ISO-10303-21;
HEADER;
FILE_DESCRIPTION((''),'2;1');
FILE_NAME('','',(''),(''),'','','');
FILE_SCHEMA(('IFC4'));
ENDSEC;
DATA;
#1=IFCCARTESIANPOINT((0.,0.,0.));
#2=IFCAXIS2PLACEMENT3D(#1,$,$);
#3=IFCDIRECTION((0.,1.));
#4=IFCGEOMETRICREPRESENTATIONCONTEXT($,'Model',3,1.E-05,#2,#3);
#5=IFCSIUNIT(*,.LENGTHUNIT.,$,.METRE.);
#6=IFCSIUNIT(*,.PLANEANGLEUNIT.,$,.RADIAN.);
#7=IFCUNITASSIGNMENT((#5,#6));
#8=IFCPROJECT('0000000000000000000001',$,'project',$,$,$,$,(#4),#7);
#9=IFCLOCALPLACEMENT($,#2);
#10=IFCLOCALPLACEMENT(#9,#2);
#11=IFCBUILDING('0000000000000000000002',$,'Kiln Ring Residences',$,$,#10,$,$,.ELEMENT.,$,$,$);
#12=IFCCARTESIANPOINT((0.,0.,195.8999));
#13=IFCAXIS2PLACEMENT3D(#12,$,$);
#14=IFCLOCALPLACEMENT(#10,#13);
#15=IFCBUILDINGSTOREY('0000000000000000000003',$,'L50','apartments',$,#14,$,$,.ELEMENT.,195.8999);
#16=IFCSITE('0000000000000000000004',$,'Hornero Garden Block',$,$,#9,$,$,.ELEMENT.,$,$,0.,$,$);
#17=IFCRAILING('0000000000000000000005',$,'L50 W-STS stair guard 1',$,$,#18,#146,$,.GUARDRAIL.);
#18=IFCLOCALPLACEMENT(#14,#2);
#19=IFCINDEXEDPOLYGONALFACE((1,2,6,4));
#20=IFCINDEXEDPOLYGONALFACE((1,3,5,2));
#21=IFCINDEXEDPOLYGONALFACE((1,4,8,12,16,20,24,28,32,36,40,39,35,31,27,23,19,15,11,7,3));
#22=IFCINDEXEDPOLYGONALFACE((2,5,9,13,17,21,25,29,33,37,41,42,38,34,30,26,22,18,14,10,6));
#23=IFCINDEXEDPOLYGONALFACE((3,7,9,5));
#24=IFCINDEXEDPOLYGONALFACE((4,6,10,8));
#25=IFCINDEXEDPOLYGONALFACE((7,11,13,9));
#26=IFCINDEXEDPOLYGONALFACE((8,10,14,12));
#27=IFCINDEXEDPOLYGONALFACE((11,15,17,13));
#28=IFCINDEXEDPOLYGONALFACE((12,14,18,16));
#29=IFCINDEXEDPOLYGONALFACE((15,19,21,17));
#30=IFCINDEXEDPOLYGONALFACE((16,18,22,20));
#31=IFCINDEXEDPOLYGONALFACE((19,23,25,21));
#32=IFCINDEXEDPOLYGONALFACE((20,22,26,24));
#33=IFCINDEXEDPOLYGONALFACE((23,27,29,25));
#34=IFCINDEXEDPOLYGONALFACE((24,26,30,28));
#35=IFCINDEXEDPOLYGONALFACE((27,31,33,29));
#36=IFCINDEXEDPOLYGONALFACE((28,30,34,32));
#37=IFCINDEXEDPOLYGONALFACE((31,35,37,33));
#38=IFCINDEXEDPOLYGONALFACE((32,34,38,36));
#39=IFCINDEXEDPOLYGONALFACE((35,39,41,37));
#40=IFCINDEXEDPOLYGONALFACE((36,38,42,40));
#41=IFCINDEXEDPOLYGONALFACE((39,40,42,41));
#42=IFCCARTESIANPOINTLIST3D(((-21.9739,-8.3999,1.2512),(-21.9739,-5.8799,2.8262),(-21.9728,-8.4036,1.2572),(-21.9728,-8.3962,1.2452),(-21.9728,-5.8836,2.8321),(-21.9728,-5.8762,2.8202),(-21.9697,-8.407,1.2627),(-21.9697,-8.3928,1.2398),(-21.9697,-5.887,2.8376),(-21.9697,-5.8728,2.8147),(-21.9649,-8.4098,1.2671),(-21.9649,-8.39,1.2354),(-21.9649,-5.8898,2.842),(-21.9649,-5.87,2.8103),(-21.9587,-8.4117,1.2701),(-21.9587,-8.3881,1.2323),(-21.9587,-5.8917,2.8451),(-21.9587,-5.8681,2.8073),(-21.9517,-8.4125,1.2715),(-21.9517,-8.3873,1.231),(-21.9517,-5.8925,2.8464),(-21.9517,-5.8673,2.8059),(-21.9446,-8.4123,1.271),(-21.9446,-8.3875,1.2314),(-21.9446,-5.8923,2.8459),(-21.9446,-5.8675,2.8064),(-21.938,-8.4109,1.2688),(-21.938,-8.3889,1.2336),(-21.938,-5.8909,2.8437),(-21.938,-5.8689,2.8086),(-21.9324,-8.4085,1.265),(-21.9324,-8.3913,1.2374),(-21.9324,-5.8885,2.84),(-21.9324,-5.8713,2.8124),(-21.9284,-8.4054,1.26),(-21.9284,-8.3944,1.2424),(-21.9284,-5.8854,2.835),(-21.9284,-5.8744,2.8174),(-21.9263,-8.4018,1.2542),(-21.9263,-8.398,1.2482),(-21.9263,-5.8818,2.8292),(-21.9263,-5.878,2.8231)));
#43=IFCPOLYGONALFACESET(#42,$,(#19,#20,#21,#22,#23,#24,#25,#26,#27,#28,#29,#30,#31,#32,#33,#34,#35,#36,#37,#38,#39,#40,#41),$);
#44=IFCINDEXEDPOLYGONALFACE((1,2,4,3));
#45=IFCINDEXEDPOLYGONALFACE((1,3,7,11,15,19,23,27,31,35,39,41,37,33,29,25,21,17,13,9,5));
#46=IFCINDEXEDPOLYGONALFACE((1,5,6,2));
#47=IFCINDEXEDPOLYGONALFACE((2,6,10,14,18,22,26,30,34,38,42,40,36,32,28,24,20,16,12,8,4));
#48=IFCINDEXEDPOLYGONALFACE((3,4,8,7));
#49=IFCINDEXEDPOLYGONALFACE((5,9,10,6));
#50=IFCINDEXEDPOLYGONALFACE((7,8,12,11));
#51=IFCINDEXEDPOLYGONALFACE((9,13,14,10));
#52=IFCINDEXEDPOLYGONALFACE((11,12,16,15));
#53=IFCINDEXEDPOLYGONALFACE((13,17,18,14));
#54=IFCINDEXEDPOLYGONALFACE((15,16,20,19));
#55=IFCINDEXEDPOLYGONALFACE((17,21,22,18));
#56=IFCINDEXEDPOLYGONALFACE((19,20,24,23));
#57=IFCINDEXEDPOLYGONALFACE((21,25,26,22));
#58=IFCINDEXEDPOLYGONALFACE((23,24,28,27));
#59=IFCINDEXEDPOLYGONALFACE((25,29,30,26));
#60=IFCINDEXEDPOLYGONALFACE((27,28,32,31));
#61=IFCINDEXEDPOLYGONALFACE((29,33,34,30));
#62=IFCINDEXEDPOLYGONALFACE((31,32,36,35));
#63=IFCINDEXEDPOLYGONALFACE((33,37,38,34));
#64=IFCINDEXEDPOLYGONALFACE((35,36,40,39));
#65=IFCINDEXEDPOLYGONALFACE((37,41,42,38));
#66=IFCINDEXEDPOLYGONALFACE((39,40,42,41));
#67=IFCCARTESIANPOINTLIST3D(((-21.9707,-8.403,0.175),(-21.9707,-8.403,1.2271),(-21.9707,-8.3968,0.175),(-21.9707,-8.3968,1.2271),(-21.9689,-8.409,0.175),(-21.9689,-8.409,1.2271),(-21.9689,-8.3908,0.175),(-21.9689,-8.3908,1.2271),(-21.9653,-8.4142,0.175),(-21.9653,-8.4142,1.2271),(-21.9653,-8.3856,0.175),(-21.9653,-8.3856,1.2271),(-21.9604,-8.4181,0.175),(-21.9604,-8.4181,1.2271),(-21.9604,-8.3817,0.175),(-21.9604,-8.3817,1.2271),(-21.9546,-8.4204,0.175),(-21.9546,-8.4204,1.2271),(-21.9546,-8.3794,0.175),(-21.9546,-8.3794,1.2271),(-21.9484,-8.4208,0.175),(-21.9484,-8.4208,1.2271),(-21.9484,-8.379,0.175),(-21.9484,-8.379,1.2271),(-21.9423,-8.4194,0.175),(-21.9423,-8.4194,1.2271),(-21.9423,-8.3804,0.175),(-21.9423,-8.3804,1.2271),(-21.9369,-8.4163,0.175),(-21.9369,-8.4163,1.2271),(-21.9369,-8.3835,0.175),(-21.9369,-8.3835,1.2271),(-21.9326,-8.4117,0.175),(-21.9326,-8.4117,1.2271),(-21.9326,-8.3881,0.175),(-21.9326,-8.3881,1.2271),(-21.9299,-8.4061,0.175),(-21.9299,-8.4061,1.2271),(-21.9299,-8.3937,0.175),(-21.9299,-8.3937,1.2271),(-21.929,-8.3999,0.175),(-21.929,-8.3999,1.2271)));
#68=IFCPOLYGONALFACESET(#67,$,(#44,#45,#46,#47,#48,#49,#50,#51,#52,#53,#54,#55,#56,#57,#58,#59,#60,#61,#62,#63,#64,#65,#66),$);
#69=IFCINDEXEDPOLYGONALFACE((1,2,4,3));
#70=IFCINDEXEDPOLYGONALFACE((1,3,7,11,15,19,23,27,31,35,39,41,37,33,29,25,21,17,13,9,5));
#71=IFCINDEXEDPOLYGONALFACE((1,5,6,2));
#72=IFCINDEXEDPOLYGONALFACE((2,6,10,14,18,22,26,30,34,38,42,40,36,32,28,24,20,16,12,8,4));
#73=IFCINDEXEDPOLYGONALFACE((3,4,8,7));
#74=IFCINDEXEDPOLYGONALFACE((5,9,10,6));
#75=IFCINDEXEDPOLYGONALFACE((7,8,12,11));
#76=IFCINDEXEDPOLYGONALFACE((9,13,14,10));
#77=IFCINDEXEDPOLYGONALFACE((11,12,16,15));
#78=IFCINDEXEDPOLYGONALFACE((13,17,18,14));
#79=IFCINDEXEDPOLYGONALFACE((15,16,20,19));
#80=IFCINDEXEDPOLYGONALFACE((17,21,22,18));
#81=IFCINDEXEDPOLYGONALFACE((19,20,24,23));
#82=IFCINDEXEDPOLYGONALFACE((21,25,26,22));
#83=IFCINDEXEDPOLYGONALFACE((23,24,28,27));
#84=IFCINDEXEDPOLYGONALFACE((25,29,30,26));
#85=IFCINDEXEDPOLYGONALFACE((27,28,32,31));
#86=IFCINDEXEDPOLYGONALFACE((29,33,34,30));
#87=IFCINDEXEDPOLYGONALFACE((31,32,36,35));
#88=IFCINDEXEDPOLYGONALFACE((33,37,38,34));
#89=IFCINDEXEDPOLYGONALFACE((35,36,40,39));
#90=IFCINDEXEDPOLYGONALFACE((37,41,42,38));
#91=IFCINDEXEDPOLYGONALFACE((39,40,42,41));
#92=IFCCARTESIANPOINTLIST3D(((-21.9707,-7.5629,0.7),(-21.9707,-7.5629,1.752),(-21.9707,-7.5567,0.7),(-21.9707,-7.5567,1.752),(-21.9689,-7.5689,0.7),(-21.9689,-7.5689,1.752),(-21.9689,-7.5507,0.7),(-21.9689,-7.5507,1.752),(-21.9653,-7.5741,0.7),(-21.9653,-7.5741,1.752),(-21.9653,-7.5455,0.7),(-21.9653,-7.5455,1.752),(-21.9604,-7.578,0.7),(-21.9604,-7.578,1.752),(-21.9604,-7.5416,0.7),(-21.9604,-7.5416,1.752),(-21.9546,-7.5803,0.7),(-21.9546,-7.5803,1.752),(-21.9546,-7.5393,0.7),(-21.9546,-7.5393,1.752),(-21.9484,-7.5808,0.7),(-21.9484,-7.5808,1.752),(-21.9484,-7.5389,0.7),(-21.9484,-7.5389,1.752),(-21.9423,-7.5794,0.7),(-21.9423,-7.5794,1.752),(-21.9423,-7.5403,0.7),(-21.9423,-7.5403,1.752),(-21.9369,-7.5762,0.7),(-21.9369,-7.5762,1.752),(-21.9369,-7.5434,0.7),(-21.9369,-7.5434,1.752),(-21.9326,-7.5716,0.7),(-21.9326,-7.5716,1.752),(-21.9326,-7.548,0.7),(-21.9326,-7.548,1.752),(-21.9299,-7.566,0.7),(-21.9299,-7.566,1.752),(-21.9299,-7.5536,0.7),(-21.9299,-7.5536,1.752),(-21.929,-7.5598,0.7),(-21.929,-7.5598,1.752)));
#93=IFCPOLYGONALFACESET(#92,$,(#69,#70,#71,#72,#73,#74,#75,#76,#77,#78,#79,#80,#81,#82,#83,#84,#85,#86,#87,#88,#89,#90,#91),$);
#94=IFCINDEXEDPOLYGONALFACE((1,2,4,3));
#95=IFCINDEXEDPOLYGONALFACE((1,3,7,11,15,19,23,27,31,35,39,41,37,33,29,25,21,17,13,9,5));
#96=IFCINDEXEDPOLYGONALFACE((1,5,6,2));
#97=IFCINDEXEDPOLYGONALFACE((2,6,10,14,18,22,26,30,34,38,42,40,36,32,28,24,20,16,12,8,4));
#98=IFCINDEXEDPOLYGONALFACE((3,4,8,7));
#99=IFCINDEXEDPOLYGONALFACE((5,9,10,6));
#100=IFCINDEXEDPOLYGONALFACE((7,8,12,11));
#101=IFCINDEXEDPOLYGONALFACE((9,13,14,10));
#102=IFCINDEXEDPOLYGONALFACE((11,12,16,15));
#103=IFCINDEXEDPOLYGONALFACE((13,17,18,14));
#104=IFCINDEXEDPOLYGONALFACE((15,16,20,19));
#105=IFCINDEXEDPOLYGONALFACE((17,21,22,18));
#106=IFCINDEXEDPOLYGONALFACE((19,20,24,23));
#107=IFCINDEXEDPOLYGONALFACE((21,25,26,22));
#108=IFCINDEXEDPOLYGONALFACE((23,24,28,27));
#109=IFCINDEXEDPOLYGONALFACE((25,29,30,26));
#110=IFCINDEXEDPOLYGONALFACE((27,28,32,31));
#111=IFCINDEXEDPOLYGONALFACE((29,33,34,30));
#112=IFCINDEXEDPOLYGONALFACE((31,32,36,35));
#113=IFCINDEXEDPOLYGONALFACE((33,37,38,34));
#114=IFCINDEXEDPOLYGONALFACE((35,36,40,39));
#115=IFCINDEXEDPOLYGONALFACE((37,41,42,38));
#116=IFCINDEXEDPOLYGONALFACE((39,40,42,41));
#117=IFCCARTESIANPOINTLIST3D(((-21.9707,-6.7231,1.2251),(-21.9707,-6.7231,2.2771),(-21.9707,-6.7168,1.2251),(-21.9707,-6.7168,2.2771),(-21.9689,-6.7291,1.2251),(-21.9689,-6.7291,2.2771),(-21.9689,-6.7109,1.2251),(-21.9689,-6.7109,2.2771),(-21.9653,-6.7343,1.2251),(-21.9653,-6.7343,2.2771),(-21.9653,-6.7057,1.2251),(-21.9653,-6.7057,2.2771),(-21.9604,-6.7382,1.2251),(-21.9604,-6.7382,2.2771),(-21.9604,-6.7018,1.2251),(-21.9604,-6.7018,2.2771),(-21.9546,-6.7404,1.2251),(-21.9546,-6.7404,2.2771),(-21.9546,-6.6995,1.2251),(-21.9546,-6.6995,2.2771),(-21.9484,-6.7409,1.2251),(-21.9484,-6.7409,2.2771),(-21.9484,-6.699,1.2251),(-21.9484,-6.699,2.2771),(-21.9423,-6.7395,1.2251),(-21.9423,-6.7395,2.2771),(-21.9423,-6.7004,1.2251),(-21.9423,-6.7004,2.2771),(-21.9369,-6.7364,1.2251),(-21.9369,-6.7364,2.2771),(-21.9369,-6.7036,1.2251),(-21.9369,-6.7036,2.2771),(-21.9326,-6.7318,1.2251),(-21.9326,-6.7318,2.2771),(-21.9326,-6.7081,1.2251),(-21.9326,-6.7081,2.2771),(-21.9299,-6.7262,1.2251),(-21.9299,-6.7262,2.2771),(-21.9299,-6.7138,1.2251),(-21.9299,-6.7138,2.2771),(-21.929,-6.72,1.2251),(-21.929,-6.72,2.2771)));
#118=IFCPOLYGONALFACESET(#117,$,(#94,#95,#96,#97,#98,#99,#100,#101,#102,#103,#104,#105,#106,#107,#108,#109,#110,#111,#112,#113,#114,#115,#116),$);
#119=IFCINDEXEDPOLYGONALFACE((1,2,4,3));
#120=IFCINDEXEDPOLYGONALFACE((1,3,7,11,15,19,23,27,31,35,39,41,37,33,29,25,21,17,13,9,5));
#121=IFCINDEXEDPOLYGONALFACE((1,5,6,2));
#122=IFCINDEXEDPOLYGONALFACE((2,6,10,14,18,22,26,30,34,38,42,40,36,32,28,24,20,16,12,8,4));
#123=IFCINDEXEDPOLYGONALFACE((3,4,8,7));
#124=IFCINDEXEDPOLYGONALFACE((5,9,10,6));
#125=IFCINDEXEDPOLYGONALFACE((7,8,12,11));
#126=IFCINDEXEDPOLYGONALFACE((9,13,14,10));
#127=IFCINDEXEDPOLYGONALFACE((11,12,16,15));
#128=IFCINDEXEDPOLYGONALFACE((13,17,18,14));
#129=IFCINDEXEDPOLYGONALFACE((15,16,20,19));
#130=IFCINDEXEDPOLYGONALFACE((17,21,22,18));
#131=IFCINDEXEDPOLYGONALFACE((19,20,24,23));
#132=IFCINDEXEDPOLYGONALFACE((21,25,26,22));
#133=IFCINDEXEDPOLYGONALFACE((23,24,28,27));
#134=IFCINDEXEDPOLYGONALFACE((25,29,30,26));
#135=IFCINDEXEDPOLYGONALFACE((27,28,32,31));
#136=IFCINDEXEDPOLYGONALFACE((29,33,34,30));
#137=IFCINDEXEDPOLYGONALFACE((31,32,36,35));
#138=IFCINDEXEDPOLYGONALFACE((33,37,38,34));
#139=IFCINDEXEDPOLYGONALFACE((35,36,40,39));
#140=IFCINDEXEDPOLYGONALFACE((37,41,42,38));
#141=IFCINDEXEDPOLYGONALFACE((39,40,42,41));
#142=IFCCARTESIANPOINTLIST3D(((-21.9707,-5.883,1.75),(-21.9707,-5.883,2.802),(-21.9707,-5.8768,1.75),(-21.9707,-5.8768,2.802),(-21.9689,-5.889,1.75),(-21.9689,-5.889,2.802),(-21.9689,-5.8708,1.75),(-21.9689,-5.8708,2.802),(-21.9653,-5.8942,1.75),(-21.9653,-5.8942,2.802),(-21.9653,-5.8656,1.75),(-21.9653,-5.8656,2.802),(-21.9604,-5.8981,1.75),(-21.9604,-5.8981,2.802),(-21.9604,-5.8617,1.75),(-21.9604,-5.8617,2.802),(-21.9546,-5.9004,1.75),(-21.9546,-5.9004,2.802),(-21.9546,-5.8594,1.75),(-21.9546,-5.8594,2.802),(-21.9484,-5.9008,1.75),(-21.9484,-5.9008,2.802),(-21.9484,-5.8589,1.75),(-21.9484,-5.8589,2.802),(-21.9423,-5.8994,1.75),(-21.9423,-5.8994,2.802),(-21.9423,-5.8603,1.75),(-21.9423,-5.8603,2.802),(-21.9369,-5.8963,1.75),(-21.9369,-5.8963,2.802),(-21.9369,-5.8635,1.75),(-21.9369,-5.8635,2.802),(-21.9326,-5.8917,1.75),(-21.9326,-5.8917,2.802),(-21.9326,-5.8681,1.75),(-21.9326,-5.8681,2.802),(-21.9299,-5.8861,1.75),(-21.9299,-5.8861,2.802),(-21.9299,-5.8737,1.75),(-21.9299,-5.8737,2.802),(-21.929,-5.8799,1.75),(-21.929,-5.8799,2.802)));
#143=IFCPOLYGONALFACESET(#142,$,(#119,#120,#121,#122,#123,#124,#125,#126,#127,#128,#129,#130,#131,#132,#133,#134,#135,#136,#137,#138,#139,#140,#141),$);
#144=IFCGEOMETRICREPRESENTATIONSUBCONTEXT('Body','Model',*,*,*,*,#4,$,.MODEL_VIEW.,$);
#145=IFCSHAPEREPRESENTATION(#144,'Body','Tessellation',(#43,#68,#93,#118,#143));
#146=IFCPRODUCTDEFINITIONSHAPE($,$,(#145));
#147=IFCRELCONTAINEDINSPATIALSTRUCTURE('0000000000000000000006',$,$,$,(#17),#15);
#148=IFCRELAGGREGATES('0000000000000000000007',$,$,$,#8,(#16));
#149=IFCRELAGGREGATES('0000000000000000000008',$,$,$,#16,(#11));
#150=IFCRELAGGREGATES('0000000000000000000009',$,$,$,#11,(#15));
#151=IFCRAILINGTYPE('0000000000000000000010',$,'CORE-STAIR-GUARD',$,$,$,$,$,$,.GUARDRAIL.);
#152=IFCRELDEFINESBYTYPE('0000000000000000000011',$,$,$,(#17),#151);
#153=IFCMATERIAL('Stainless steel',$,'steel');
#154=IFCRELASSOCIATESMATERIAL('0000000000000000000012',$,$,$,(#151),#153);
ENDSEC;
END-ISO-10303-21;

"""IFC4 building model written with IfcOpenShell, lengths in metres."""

from ifc_helpers import new_model, si_unit, direction, frame, origin, origin_2d, place, context, subcontext, project, spatial, circle, extrude, material, type_object, element, save


model = new_model("IFC4")

# Units and contexts
model_context = context("Model", 3, precision=1e-05, world=origin(), true_north=direction((0.0, 1.0)))
body_context = subcontext(model_context, "Body", "Model", "MODEL_VIEW")
ifc_project = project(units=[si_unit("LENGTHUNIT", "METRE"), si_unit("PLANEANGLEUNIT", "RADIAN")], contexts=[model_context])

# Site, building, storey
site_placement = place(None, origin())
site = spatial("IfcSite", under=ifc_project, at=site_placement, Name="Hornero Garden Block", CompositionType="ELEMENT", RefElevation=0.0)
building_placement = place(site_placement, origin())
building = spatial("IfcBuilding", under=site, at=building_placement, Name="Kiln Ring Residences", CompositionType="ELEMENT")
storey_placement = place(building_placement, frame((0.0, 0.0, 195.8999)))
storey = spatial("IfcBuildingStorey", under=building, at=storey_placement, Name="L50", Description="apartments", CompositionType="ELEMENT", Elevation=195.8999)

# Railing
ifc_material_1 = material(Name="Stainless steel", Category="steel")
railing_type_1 = type_object("IfcRailingType", Name="CORE-STAIR-GUARD", PredefinedType="GUARDRAIL", material=ifc_material_1)
railing_1_placement = place(storey_placement, frame((-21.95, -8.3999, 0.175)))
element("IfcRailing", 1, at=railing_1_placement, inside=storey, type_object=railing_type_1, Name="L50 W-STS stair guard 1", PredefinedType="GUARDRAIL", context=body_context, shape_type="SweptSolid", body=[
    extrude(circle(Radius=0.0239, at=origin_2d()), frame((0.0, 0.0, 1.0762), z_axis=(0.0, 0.848008, 0.529984), x_axis=(-1.0, 0.0, 0.0)), (0.0, 0.0, 1.0), 2.9717),
    extrude(circle(Radius=0.021, at=origin_2d()), origin(), (0.0, 0.0, 1.0), 1.052),
    extrude(circle(Radius=0.021, at=origin_2d()), frame((0.0, 0.8401, 0.5249)), (0.0, 0.0, 1.0), 1.052),
    extrude(circle(Radius=0.021, at=origin_2d()), frame((0.0, 1.6799, 1.05)), (0.0, 0.0, 1.0), 1.052),
    extrude(circle(Radius=0.021, at=origin_2d()), frame((0.0, 2.52, 1.575)), (0.0, 0.0, 1.0), 1.052),
])

save(model, "model.ifc")
